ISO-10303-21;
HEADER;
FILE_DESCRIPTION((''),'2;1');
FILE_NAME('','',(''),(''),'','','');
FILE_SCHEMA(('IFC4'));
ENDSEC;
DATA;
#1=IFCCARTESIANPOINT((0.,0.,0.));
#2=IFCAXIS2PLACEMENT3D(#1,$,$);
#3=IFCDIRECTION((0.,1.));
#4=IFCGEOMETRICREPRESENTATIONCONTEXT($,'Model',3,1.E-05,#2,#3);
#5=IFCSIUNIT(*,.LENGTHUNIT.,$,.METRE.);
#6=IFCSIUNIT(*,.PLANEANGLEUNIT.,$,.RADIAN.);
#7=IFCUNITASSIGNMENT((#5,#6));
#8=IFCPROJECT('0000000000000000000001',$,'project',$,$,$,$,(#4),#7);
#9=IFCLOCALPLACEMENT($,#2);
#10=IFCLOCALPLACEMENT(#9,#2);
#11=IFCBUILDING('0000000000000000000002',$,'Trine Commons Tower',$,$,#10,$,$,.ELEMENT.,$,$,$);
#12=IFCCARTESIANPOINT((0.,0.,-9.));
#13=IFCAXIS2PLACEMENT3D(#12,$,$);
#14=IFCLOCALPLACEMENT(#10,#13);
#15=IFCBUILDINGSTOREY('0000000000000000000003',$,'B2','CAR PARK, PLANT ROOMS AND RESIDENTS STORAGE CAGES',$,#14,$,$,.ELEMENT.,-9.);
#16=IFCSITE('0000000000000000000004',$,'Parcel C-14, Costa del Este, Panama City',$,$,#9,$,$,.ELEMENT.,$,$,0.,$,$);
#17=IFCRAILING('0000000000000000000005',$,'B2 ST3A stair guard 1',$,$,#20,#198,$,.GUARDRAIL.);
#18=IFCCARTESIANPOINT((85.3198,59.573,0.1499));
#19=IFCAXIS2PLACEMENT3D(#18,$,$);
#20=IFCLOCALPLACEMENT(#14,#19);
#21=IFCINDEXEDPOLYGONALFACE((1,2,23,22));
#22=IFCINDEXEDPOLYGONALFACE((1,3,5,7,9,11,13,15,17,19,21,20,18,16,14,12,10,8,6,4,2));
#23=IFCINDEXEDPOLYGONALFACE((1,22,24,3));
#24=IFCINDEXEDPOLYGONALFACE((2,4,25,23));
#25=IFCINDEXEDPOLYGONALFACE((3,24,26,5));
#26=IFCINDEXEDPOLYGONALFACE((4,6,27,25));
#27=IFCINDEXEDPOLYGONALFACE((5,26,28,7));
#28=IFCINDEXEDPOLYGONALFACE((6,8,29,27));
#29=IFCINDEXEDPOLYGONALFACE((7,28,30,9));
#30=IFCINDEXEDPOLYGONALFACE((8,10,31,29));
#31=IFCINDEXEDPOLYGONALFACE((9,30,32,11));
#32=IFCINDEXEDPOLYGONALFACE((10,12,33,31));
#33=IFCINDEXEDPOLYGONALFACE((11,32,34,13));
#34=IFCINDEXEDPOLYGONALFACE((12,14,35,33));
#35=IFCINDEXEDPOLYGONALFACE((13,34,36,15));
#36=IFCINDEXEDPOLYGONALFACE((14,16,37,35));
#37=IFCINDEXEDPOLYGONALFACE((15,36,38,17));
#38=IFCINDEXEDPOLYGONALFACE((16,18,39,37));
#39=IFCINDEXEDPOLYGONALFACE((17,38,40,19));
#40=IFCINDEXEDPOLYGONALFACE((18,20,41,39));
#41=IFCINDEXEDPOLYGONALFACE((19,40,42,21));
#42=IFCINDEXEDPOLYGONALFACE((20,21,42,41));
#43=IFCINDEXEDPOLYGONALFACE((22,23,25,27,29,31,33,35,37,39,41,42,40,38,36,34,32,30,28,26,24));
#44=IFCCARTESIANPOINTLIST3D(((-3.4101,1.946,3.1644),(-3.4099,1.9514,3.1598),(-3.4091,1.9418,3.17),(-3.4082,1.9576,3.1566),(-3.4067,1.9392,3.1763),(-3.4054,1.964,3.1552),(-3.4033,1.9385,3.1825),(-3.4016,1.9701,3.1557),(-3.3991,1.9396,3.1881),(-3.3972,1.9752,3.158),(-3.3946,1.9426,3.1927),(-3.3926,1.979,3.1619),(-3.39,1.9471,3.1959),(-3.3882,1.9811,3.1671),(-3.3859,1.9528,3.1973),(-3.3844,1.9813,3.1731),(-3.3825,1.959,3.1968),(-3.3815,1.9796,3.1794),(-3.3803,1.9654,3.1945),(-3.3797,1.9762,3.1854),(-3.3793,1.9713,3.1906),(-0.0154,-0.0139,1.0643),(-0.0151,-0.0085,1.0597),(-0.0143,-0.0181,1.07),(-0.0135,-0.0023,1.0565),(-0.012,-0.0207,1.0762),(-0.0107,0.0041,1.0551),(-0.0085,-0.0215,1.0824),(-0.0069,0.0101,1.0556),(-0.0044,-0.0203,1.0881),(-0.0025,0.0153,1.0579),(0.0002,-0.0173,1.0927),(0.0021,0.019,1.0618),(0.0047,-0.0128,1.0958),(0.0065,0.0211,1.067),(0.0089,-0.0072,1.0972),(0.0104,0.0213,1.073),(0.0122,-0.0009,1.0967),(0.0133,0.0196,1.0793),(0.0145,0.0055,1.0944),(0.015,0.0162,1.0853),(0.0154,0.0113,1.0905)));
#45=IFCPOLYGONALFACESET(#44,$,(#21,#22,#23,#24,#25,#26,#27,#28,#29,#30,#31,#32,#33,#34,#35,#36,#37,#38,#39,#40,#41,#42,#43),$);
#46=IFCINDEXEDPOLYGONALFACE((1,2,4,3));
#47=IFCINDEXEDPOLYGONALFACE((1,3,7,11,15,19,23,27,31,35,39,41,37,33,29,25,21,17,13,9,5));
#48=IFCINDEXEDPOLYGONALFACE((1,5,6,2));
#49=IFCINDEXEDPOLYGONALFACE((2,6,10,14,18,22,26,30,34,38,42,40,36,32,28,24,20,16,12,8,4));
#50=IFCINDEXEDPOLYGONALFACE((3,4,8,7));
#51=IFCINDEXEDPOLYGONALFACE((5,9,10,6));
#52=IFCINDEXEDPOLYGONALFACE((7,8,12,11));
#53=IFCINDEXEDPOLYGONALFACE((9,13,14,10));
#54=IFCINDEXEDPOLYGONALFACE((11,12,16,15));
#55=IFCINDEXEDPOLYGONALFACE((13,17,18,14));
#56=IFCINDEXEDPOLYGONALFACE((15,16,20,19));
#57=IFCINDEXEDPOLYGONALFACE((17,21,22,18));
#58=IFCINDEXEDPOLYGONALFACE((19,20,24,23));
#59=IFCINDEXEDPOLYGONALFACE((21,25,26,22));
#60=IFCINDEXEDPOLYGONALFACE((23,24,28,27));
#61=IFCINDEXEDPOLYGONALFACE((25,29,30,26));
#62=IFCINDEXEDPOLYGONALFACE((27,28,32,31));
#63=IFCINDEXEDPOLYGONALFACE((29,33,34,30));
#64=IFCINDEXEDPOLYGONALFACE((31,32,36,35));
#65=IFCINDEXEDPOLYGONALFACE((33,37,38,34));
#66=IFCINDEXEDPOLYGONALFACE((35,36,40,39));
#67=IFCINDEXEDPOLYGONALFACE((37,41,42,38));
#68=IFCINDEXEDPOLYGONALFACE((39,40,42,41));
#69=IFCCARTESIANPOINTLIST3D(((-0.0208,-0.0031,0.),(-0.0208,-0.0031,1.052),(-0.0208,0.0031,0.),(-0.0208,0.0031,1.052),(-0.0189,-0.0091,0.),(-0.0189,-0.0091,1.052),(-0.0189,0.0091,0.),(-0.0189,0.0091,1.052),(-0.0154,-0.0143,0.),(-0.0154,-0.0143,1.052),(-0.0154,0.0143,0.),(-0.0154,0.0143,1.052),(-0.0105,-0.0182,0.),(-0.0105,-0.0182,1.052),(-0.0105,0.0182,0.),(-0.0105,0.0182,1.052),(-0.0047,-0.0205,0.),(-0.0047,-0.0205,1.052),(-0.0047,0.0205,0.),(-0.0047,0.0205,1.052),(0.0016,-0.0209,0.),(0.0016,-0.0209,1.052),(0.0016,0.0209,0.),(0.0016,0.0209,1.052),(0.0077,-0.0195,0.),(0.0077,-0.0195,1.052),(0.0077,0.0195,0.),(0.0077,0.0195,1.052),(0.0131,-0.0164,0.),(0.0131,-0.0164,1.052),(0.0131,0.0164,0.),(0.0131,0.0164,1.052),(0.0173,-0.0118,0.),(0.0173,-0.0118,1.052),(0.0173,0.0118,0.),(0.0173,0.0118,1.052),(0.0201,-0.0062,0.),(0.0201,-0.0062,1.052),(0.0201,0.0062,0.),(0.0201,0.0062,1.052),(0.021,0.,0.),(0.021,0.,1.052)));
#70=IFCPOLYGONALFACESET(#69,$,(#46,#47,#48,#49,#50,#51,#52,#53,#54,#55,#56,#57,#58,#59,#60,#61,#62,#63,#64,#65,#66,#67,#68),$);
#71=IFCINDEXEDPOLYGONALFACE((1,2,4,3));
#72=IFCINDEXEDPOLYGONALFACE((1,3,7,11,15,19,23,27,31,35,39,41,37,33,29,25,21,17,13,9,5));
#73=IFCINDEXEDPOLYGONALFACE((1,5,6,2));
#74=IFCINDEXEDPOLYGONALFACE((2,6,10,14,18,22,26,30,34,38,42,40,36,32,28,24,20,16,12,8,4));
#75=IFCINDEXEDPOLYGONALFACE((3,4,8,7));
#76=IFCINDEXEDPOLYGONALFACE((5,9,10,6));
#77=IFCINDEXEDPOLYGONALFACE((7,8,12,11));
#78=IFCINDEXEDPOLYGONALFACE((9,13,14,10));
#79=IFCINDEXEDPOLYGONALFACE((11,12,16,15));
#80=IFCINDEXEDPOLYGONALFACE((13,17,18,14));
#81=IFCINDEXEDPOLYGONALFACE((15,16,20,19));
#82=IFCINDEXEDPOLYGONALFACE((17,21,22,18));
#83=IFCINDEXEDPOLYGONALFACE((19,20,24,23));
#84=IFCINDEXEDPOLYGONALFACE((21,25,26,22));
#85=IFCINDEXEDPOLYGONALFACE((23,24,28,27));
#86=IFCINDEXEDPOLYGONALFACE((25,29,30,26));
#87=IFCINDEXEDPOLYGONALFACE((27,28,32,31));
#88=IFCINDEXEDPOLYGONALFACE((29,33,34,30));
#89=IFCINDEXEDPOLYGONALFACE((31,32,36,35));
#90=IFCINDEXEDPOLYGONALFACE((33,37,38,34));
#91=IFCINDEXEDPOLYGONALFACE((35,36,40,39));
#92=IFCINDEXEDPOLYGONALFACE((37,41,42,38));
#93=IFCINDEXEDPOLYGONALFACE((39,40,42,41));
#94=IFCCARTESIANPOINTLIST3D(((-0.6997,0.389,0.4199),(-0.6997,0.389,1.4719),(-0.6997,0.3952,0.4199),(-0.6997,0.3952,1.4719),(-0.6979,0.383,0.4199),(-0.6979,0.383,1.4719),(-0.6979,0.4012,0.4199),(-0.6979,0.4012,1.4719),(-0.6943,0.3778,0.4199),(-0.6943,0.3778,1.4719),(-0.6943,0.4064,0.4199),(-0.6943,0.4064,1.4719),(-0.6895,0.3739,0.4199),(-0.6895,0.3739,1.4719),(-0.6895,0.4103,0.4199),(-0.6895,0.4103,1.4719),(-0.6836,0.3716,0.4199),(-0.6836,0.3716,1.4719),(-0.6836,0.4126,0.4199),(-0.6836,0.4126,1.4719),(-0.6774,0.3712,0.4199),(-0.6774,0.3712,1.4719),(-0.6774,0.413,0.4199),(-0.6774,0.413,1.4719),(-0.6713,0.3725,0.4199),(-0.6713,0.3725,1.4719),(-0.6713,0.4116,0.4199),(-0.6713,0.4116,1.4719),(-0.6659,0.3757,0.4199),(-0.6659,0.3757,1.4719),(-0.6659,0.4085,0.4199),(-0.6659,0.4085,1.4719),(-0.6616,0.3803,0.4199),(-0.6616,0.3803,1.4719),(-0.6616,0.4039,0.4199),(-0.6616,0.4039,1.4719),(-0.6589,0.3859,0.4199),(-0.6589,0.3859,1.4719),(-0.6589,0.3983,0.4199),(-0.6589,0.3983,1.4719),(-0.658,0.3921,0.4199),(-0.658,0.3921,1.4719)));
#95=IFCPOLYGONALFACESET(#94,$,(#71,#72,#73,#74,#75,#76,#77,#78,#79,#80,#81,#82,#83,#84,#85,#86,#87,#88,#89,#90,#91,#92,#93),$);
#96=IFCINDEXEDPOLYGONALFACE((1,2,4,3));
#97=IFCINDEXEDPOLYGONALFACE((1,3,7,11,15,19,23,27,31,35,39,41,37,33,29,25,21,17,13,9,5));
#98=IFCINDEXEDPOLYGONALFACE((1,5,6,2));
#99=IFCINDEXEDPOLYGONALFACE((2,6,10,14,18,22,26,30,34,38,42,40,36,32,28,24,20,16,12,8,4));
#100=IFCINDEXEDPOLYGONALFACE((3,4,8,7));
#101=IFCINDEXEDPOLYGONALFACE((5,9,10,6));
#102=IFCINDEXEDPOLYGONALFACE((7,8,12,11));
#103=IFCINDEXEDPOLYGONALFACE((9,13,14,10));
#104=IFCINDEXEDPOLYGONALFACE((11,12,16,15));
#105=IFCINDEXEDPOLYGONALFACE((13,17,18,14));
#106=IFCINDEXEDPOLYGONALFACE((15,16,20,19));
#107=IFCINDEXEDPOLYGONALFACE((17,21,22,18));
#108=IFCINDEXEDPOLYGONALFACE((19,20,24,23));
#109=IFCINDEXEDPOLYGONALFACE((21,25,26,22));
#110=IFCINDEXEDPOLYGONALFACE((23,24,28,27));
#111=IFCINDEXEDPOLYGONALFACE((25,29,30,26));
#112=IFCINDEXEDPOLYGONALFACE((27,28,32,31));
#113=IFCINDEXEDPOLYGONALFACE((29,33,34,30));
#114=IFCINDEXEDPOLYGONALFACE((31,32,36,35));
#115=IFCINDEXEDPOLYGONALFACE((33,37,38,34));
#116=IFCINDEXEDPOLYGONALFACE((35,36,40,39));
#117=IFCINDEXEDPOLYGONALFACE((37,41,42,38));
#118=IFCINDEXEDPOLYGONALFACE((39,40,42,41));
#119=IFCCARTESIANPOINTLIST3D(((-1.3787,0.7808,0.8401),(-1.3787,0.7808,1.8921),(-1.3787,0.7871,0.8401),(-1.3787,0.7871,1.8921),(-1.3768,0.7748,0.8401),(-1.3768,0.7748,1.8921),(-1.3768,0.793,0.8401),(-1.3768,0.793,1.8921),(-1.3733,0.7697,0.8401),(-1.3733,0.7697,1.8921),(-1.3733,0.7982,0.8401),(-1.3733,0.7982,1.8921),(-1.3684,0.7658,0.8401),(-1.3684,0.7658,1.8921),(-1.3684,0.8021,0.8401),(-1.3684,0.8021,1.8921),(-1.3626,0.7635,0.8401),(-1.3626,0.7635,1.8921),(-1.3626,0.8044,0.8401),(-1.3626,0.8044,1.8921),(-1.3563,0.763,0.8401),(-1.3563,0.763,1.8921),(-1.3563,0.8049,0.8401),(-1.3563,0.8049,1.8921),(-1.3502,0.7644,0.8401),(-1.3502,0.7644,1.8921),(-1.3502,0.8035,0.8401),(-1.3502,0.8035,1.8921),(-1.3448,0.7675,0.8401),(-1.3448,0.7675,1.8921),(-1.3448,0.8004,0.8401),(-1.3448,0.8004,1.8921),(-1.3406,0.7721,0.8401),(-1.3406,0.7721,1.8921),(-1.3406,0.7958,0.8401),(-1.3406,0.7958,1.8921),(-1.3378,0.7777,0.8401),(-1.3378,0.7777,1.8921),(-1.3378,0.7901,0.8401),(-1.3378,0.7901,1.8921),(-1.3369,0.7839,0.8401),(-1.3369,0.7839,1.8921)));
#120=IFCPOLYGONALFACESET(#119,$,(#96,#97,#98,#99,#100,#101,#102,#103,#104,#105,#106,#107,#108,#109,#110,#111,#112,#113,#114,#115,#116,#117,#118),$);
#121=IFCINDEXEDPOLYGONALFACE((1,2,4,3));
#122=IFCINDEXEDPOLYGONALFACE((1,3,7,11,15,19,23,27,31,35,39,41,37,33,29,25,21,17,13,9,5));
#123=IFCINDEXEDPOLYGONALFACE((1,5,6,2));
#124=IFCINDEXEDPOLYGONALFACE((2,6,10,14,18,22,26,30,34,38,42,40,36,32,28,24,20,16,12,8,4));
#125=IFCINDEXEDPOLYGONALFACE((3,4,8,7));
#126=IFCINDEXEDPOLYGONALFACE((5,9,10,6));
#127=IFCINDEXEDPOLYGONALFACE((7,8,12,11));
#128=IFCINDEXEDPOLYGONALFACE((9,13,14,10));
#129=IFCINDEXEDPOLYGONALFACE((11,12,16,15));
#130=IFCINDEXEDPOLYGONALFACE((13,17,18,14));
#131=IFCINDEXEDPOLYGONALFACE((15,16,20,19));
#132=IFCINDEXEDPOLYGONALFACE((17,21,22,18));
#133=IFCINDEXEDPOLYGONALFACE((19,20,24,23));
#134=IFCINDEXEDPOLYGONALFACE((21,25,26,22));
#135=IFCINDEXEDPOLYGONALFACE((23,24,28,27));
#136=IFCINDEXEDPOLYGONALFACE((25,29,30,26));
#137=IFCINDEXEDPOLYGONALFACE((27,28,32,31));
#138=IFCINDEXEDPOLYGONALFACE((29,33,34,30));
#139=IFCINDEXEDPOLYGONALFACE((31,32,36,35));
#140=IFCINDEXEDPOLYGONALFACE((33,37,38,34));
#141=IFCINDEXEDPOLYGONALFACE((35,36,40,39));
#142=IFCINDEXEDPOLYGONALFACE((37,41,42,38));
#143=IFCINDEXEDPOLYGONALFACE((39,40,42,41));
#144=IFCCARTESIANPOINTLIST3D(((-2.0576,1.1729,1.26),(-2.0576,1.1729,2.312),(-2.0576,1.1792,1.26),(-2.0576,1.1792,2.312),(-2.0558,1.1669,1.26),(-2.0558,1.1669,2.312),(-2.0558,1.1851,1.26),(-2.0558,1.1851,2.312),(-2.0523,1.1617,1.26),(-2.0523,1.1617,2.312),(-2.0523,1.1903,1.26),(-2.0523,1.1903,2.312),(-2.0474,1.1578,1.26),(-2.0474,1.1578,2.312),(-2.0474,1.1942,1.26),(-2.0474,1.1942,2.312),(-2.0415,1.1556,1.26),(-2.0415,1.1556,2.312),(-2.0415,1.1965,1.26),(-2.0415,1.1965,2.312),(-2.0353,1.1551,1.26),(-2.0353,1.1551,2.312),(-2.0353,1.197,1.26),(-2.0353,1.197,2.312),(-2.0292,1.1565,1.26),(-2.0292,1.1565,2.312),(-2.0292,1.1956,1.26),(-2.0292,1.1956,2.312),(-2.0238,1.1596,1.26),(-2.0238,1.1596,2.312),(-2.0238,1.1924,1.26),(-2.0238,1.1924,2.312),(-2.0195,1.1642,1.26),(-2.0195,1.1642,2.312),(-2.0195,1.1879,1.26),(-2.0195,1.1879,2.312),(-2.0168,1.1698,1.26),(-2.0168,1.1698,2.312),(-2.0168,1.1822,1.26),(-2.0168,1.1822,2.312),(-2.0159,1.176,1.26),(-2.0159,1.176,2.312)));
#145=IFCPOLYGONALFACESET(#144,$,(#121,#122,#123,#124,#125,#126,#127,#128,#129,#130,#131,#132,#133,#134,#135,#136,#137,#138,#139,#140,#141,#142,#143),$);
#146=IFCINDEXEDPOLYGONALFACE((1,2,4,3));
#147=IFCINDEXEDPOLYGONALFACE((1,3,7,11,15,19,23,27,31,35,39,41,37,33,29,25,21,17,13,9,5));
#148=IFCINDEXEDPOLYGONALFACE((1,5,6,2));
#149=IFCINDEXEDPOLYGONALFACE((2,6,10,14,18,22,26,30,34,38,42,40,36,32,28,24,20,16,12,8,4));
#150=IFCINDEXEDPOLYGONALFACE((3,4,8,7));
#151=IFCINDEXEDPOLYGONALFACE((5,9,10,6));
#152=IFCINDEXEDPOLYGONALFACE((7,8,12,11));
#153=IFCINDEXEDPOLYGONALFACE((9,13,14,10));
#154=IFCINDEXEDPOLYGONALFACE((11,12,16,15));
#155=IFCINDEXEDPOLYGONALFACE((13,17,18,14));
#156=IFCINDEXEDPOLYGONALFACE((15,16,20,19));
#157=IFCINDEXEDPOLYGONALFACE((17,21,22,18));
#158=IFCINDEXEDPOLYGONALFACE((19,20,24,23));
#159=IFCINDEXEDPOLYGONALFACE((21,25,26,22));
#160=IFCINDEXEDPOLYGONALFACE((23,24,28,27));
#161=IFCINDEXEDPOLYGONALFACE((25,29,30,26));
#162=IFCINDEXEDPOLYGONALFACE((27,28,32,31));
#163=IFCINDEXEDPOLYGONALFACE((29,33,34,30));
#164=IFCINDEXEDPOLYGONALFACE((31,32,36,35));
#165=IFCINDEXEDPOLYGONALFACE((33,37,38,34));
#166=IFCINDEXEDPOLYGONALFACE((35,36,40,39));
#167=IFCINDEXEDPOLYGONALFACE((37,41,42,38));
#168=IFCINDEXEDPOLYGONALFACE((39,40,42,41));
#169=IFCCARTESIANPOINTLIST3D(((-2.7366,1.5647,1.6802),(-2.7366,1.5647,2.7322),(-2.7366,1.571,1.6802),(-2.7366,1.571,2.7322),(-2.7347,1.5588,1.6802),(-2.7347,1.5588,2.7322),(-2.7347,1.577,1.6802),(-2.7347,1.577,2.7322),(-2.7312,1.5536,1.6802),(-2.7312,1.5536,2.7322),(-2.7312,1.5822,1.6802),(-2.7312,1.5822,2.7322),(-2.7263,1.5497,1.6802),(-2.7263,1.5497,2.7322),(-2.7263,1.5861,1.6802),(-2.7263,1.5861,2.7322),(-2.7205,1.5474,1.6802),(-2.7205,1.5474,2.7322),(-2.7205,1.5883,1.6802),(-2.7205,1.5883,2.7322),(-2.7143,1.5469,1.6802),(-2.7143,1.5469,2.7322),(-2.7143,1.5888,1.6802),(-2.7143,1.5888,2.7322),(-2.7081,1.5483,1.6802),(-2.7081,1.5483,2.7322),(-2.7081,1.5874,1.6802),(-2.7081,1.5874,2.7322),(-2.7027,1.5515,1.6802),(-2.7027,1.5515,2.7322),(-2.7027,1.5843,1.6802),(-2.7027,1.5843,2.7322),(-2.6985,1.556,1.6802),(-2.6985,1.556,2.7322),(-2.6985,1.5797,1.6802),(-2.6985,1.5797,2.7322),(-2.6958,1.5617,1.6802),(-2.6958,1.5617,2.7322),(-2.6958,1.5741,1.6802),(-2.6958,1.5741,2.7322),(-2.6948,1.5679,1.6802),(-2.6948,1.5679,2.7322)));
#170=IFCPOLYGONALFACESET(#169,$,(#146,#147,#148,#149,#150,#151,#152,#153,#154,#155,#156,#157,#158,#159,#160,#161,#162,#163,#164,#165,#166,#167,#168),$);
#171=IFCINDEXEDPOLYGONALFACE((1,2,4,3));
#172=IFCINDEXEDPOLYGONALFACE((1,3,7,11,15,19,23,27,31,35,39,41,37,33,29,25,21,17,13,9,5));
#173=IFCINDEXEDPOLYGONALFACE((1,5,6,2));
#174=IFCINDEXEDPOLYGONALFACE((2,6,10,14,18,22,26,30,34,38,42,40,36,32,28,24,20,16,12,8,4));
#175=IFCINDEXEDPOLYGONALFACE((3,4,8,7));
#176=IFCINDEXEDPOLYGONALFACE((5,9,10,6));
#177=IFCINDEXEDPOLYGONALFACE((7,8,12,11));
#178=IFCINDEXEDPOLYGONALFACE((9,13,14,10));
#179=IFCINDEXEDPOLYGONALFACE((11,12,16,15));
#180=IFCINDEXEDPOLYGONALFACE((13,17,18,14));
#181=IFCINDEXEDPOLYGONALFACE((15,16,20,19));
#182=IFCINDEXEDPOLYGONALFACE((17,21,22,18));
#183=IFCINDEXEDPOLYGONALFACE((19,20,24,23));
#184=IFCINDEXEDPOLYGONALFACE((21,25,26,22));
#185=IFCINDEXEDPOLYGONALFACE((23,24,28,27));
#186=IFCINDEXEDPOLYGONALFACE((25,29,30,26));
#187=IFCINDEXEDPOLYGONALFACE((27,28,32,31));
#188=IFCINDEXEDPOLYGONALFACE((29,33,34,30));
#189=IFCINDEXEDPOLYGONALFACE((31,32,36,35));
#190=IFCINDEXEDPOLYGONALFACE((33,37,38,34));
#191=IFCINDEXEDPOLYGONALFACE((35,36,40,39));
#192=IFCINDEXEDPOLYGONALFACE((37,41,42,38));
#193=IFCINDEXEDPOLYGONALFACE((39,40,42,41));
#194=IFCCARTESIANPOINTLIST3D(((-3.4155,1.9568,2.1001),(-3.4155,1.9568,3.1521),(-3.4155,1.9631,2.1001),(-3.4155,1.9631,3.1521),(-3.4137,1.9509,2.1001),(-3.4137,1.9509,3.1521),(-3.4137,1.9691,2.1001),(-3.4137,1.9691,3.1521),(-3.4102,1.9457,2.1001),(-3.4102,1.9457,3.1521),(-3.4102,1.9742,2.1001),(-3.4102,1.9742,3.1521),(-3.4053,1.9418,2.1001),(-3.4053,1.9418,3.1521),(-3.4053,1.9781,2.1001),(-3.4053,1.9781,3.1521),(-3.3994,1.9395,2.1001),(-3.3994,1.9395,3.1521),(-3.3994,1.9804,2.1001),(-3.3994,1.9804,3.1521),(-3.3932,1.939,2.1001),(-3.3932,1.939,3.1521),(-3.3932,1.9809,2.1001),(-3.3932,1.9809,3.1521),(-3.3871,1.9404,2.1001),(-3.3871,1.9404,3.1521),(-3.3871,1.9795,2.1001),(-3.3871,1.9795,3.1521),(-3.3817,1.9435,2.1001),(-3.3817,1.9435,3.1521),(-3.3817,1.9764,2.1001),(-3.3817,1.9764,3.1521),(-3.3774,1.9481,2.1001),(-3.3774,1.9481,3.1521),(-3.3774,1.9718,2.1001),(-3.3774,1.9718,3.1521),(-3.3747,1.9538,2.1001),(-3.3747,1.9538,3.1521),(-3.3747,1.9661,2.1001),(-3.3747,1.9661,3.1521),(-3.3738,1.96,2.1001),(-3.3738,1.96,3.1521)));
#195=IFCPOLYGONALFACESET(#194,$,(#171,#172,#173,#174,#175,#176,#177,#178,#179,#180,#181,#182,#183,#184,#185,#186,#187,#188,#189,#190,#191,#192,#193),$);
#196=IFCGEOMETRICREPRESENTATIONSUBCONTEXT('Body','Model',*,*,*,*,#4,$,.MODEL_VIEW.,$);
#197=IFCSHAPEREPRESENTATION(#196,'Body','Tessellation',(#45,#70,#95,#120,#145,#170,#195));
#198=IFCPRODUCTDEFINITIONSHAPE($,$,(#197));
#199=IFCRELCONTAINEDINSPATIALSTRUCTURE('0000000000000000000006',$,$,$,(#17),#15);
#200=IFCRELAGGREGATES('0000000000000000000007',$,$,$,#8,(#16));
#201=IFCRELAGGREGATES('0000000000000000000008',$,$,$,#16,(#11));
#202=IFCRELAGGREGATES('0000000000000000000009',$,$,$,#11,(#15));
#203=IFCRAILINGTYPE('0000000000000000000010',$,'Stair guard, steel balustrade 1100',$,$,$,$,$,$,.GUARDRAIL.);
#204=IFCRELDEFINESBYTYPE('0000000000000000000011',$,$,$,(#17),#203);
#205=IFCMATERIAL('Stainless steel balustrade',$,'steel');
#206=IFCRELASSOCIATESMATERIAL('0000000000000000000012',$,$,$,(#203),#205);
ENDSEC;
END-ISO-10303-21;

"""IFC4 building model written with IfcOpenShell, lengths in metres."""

from ifc_helpers import new_model, si_unit, direction, frame, origin, origin_2d, place, context, subcontext, project, spatial, circle, extrude, material, type_object, element, save


model = new_model("IFC4")

# Units and contexts
model_context = context("Model", 3, precision=1e-05, world=origin(), true_north=direction((0.0, 1.0)))
body_context = subcontext(model_context, "Body", "Model", "MODEL_VIEW")
ifc_project = project(units=[si_unit("LENGTHUNIT", "METRE"), si_unit("PLANEANGLEUNIT", "RADIAN")], contexts=[model_context])

# Site, building, storey
site_placement = place(None, origin())
site = spatial("IfcSite", under=ifc_project, at=site_placement, Name="Parcel C-14, Costa del Este, Panama City", CompositionType="ELEMENT", RefElevation=0.0)
building_placement = place(site_placement, origin())
building = spatial("IfcBuilding", under=site, at=building_placement, Name="Trine Commons Tower", CompositionType="ELEMENT")
storey_placement = place(building_placement, frame((0.0, 0.0, -9.0)))
storey = spatial("IfcBuildingStorey", under=building, at=storey_placement, Name="B2", Description="CAR PARK, PLANT ROOMS AND RESIDENTS STORAGE CAGES", CompositionType="ELEMENT", Elevation=-9.0)

# Railing
ifc_material_1 = material(Name="Stainless steel balustrade", Category="steel")
railing_type_1 = type_object("IfcRailingType", Name="Stair guard, steel balustrade 1100", PredefinedType="GUARDRAIL", material=ifc_material_1)
railing_1_placement = place(storey_placement, frame((85.3198, 59.573, 0.1499)))
element("IfcRailing", 1, at=railing_1_placement, inside=storey, type_object=railing_type_1, Name="B2 ST3A stair guard 1", PredefinedType="GUARDRAIL", context=body_context, shape_type="SweptSolid", body=[
    extrude(circle(Radius=0.0239, at=origin_2d()), frame((0.0, 0.0, 1.0762), z_axis=(-0.763375, 0.440732, 0.472244), x_axis=(-0.499997, -0.866027, 0.0)), (0.0, 0.0, 1.0), 4.447),
    extrude(circle(Radius=0.021, at=origin_2d()), origin(), (0.0, 0.0, 1.0), 1.052),
    extrude(circle(Radius=0.021, at=origin_2d()), frame((-0.679, 0.3921, 0.4199)), (0.0, 0.0, 1.0), 1.052),
    extrude(circle(Radius=0.021, at=origin_2d()), frame((-1.3579, 0.7839, 0.8401)), (0.0, 0.0, 1.0), 1.052),
    extrude(circle(Radius=0.021, at=origin_2d()), frame((-2.0369, 1.176, 1.26)), (0.0, 0.0, 1.0), 1.052),
    extrude(circle(Radius=0.021, at=origin_2d()), frame((-2.7158, 1.5679, 1.6802)), (0.0, 0.0, 1.0), 1.052),
    extrude(circle(Radius=0.021, at=origin_2d()), frame((-3.3948, 1.96, 2.1001)), (0.0, 0.0, 1.0), 1.052),
])

save(model, "model.ifc")
